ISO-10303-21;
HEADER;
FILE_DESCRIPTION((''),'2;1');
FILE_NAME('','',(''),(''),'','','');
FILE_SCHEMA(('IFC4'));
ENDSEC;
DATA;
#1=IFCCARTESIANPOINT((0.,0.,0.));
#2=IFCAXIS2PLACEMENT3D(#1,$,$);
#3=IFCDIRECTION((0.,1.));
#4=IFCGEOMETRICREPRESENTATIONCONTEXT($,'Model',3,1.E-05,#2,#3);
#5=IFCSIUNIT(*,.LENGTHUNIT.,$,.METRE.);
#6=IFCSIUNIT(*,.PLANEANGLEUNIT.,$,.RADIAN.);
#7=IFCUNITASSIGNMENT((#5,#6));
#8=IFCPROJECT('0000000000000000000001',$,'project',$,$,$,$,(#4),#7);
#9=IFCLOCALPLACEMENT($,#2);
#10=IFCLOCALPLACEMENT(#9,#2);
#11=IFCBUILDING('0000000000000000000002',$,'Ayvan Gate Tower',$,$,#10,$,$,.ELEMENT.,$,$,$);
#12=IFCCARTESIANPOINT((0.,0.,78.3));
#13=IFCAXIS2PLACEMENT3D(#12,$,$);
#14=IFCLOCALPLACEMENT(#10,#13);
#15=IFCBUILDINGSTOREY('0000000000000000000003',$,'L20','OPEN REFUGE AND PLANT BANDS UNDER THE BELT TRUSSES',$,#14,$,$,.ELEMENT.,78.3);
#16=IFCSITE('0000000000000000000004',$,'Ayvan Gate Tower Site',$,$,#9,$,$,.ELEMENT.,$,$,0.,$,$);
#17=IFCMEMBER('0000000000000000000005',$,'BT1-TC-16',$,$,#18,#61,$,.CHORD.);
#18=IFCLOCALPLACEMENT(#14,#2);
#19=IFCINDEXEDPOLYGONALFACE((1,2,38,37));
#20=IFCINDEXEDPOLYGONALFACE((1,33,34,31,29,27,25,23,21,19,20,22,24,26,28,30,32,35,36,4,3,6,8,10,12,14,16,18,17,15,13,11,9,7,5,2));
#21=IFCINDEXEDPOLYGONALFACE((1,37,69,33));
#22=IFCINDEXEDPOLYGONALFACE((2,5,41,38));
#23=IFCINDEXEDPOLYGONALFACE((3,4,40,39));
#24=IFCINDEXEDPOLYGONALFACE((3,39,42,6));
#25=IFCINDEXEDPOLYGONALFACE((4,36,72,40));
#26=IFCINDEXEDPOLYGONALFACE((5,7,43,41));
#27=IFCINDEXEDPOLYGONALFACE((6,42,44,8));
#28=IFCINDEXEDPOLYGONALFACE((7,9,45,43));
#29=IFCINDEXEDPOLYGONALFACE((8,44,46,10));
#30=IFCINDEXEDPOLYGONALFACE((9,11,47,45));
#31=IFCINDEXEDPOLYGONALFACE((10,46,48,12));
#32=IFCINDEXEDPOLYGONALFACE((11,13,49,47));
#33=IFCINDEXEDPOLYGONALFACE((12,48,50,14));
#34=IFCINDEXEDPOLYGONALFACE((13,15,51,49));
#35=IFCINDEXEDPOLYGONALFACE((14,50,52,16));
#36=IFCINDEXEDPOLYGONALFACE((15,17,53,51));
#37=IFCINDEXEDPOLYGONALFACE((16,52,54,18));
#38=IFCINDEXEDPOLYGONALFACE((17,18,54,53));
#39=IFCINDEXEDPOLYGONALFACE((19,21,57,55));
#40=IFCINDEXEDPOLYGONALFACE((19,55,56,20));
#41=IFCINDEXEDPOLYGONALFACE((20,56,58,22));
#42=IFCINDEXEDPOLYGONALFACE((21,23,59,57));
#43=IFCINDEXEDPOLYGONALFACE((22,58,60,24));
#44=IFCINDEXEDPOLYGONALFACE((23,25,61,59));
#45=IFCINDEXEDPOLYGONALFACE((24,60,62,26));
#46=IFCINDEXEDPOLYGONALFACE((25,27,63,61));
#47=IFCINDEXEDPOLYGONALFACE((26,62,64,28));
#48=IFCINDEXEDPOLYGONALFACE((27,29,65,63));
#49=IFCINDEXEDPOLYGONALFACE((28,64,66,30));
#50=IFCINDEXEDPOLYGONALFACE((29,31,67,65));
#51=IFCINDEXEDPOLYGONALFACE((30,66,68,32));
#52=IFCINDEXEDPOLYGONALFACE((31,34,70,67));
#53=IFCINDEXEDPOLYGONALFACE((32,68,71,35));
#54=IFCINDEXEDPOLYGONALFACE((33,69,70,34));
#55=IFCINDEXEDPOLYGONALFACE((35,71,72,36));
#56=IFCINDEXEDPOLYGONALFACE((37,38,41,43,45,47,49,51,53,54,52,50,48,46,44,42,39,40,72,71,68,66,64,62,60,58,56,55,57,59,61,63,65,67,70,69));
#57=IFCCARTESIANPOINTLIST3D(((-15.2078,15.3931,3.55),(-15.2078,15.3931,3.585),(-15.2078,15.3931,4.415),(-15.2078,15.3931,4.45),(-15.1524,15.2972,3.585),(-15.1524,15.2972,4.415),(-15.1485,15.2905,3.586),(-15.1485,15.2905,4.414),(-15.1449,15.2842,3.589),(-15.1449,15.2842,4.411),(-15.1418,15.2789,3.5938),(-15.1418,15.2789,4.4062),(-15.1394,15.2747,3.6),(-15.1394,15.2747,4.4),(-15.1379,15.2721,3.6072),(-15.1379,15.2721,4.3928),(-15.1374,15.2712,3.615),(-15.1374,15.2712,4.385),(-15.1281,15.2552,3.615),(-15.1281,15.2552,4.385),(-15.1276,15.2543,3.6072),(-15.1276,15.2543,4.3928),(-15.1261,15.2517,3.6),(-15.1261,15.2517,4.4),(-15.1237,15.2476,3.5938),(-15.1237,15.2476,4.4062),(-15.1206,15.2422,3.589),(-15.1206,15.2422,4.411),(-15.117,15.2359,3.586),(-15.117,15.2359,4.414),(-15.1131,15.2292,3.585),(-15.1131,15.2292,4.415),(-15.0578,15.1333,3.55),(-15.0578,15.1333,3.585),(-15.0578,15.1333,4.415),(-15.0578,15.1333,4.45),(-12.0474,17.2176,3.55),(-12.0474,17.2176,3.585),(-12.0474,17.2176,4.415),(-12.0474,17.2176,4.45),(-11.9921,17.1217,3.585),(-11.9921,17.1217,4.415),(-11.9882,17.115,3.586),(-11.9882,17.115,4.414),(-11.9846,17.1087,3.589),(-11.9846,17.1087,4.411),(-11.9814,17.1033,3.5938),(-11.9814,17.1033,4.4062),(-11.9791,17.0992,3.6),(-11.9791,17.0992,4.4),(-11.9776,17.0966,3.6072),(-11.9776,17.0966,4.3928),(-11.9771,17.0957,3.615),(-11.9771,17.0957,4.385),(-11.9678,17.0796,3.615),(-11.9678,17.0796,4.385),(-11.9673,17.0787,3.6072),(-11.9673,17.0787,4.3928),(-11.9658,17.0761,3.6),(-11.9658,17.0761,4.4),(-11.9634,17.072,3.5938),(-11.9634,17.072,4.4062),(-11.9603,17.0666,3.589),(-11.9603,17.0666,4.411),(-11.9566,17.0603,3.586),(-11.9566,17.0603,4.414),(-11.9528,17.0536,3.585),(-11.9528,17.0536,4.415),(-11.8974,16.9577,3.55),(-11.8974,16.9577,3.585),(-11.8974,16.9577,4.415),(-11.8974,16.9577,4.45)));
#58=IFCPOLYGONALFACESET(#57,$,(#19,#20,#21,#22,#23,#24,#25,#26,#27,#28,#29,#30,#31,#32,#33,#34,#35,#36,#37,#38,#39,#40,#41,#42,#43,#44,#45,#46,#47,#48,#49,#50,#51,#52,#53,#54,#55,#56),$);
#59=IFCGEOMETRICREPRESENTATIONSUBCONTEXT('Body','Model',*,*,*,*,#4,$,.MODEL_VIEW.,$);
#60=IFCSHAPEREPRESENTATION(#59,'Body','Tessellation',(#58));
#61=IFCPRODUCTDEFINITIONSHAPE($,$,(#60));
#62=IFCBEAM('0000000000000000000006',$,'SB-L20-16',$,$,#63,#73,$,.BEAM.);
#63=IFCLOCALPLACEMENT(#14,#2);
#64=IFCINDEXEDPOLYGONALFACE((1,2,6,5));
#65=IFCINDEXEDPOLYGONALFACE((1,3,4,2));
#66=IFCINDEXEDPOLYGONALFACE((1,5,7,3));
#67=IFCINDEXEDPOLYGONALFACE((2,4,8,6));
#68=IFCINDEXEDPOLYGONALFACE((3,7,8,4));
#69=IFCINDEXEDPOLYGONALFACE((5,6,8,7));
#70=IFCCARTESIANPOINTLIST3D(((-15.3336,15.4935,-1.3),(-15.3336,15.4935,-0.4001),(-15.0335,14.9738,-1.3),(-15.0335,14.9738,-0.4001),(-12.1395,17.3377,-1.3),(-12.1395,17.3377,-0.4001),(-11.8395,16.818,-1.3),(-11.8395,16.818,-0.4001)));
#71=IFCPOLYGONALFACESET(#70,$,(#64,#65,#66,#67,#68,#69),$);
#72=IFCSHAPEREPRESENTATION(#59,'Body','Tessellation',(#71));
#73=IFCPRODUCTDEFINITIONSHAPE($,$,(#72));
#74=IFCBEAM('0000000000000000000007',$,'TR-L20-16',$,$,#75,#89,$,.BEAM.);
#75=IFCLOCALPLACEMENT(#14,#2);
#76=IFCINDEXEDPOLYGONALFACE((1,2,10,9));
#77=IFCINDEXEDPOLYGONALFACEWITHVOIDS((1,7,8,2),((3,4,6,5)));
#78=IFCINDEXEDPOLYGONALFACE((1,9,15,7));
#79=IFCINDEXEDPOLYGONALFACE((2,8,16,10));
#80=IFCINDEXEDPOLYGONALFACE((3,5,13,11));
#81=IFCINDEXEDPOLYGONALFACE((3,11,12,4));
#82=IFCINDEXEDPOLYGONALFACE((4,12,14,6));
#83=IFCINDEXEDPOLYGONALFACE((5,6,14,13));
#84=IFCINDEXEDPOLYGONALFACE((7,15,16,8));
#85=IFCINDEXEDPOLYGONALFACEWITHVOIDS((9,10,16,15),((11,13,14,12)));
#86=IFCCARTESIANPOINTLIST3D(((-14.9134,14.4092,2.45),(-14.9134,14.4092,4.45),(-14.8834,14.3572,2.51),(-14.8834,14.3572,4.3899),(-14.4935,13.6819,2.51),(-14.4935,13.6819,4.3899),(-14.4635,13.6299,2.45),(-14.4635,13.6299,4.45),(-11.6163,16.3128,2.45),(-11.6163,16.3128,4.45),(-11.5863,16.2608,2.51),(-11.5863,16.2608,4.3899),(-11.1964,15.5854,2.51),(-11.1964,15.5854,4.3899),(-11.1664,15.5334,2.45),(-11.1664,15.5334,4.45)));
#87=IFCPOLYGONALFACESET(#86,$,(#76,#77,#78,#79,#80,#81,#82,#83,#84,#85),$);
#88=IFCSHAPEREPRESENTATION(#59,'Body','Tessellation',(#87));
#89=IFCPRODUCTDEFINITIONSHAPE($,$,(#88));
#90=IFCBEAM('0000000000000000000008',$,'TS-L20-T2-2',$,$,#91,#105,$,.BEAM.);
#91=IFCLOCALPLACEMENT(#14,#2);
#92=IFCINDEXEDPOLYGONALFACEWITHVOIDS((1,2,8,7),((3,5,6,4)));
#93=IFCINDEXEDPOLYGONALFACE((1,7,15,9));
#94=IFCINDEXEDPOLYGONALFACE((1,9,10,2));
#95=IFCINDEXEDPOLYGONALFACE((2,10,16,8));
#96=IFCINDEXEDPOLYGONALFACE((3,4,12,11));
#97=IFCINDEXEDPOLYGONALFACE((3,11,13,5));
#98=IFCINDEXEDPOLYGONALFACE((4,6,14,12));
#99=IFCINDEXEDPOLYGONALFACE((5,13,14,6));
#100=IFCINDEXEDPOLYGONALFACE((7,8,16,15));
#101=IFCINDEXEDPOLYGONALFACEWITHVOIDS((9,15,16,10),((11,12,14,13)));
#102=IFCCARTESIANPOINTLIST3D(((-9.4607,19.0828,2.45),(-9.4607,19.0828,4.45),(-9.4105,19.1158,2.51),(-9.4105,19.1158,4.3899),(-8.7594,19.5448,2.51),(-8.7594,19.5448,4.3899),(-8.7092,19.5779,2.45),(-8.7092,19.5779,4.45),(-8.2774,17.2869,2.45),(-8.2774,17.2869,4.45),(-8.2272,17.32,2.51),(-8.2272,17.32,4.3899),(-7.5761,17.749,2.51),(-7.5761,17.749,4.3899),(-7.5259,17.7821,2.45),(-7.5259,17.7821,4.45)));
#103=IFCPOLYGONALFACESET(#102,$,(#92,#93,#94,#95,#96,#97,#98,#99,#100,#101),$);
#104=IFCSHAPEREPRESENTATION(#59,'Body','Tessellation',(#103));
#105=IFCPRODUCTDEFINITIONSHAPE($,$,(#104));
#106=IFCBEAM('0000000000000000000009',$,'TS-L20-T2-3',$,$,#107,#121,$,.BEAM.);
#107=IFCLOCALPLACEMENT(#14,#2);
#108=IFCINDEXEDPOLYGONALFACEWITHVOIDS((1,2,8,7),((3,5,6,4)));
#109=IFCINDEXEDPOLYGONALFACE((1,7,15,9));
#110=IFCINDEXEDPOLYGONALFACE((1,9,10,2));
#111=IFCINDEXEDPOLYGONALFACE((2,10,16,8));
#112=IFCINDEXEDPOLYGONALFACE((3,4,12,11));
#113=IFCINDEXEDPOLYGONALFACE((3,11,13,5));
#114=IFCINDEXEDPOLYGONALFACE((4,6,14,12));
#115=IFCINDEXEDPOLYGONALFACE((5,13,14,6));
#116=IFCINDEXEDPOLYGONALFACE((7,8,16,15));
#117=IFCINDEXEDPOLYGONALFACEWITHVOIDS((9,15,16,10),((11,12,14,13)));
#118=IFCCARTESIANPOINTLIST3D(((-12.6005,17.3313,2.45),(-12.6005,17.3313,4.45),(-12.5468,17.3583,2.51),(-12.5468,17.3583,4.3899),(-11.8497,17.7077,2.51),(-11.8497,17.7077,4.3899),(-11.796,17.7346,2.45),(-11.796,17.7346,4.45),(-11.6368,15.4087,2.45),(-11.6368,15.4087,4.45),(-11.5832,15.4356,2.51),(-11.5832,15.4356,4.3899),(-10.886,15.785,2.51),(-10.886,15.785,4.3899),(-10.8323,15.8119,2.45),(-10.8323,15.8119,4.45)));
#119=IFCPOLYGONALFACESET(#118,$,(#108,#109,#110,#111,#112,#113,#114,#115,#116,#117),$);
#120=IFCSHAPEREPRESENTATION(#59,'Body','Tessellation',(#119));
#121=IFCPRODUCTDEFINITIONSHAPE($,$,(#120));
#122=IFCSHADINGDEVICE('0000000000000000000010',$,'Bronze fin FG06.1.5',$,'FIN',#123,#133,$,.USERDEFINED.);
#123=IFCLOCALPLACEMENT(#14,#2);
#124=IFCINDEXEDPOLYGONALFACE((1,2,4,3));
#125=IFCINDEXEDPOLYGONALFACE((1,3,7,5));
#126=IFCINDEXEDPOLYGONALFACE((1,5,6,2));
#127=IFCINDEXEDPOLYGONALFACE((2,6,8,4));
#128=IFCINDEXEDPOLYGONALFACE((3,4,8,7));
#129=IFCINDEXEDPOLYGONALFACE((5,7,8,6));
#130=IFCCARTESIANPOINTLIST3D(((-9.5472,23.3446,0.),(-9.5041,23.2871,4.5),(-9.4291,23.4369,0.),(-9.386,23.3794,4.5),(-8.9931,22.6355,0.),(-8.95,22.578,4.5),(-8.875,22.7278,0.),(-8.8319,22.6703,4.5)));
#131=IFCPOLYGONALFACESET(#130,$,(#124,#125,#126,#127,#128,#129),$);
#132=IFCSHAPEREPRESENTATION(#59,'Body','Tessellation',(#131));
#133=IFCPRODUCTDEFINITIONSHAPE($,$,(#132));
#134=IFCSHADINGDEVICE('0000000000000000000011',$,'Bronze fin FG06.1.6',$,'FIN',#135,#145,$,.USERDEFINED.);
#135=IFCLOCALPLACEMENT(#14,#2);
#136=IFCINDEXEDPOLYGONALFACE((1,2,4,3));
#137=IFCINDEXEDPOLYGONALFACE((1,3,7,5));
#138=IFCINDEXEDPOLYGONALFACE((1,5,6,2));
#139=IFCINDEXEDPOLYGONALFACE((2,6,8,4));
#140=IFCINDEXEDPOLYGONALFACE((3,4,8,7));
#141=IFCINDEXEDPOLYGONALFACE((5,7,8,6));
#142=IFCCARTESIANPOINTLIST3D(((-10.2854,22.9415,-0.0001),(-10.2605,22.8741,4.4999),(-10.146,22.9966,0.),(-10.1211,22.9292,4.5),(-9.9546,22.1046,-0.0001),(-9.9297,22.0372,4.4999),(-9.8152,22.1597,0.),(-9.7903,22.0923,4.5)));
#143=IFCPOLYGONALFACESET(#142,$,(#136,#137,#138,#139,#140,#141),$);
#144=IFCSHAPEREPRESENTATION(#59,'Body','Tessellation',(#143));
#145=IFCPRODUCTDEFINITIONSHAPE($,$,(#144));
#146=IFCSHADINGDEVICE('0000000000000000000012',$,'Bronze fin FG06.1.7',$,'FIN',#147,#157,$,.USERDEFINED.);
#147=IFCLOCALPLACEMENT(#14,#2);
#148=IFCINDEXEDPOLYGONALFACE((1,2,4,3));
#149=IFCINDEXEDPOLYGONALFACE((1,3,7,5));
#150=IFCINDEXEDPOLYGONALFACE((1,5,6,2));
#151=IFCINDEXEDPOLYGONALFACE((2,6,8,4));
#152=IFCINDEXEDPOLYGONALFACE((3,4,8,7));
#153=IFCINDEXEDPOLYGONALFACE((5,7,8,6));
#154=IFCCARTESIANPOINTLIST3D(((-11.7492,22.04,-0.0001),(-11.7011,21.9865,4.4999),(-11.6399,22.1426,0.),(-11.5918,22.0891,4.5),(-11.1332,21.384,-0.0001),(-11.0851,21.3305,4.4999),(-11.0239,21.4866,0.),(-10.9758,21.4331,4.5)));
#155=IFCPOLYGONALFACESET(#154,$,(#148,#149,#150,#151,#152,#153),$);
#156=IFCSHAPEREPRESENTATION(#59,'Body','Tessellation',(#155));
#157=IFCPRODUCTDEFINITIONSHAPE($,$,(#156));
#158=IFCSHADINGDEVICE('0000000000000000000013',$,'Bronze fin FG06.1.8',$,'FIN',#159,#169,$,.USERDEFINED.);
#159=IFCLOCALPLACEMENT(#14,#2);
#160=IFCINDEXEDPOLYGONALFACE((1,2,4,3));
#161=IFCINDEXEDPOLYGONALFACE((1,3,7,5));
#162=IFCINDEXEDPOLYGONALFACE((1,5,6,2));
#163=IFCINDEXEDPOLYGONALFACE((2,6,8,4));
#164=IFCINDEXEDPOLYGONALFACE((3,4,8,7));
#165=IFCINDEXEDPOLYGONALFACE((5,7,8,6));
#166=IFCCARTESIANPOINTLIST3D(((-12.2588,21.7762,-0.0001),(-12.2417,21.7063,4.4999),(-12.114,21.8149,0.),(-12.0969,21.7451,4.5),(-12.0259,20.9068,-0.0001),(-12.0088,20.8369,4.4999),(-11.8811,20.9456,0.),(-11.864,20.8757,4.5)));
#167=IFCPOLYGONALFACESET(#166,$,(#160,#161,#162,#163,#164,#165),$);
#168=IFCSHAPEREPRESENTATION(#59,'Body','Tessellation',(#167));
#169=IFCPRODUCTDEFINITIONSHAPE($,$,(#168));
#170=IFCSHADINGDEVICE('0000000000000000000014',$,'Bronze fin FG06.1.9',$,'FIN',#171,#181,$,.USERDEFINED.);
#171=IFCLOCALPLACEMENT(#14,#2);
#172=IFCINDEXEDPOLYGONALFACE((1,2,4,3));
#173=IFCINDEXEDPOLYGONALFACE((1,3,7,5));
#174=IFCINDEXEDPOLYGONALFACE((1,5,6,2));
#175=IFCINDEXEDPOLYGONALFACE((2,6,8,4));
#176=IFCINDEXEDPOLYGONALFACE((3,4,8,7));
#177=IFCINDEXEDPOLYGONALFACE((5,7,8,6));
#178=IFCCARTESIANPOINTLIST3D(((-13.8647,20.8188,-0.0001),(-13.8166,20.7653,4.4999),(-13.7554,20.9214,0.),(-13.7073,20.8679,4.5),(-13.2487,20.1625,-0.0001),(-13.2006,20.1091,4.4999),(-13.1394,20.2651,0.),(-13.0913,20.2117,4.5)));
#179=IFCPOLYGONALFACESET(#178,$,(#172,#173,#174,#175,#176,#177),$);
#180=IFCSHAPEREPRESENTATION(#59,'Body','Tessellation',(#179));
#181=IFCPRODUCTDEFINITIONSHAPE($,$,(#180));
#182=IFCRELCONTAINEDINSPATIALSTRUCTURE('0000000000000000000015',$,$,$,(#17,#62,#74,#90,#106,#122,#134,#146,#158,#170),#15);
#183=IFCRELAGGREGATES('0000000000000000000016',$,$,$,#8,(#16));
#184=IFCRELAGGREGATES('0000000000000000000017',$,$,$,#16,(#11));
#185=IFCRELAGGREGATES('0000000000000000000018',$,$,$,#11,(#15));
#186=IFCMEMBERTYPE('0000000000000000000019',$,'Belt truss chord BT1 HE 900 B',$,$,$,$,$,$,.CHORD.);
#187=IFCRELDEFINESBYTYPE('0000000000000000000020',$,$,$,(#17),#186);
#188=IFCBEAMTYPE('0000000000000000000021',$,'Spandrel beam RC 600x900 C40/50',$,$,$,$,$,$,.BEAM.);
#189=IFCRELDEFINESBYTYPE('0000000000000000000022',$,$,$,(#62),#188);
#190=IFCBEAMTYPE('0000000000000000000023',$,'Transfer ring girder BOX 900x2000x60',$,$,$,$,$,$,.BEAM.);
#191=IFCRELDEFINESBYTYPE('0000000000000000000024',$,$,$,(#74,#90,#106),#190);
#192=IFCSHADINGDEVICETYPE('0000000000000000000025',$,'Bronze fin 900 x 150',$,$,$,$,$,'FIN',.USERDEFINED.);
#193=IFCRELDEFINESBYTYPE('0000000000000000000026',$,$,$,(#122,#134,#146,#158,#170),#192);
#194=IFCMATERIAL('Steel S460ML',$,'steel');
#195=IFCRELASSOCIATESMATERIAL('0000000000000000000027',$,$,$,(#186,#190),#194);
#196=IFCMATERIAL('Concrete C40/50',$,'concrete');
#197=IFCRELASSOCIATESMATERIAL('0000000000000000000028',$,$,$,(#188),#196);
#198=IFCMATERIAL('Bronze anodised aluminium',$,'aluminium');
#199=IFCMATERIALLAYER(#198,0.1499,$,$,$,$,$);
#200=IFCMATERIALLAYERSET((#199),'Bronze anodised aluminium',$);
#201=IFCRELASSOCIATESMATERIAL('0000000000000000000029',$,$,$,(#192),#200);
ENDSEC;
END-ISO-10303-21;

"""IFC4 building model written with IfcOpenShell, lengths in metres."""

from ifc_helpers import new_model, si_unit, direction, frame, origin, origin_2d, place, context, subcontext, project, spatial, polyline, rectangle, hollow_rectangle, i_section, outline, extrude, material, layer, layer_set, material_profile, profile_set, type_object, element, save


model = new_model("IFC4")

# Units and contexts
model_context = context("Model", 3, precision=1e-05, world=origin(), true_north=direction((0.0, 1.0)))
body_context = subcontext(model_context, "Body", "Model", "MODEL_VIEW")
ifc_project = project(units=[si_unit("LENGTHUNIT", "METRE"), si_unit("PLANEANGLEUNIT", "RADIAN")], contexts=[model_context])

# Site, building, storey
site_placement = place(None, origin())
site = spatial("IfcSite", under=ifc_project, at=site_placement, Name="Ayvan Gate Tower Site", CompositionType="ELEMENT", RefElevation=0.0)
building_placement = place(site_placement, origin())
building = spatial("IfcBuilding", under=site, at=building_placement, Name="Ayvan Gate Tower", CompositionType="ELEMENT")
storey_placement = place(building_placement, frame((0.0, 0.0, 78.3)))
storey = spatial("IfcBuildingStorey", under=building, at=storey_placement, Name="L20", Description="OPEN REFUGE AND PLANT BANDS UNDER THE BELT TRUSSES", CompositionType="ELEMENT", Elevation=78.3)

# Member
ifc_material_1 = material(Name="Steel S460ML", Category="steel")
ifc_material_profile_1 = material_profile(ifc_material_1, i_section(OverallWidth=0.3, OverallDepth=0.8999, WebThickness=0.0186, FlangeThickness=0.0349, FilletRadius=0.03, at=origin_2d()), Name="HE 900 B")
ifc_profile_set_1 = profile_set([ifc_material_profile_1], Name="Steel S460ML")
member_type_1 = type_object("IfcMemberType", Name="Belt truss chord BT1 HE 900 B", PredefinedType="CHORD", material=ifc_profile_set_1)
member_1_placement = place(storey_placement, frame((-11.9724, 17.0876, 4.0), z_axis=(-0.866049, -0.49996, 0.0), x_axis=(0.49996, -0.866049, 0.0)))
element("IfcMember", 1, at=member_1_placement, inside=storey, type_object=member_type_1, Name="BT1-TC-16", PredefinedType="CHORD", context=body_context, shape_type="SweptSolid", body=[
    extrude(i_section(OverallWidth=0.3, OverallDepth=0.8999, WebThickness=0.0186, FlangeThickness=0.0349, FilletRadius=0.03, at=origin_2d()), origin(), (0.0, 0.0, 1.0), 3.6492),
])

# Beams
ifc_material_2 = material(Name="Concrete C40/50", Category="concrete")
ifc_material_profile_2 = material_profile(ifc_material_2, rectangle(XDim=0.6001, YDim=0.8999, at=origin_2d()), Name="RC 600x900")
ifc_profile_set_2 = profile_set([ifc_material_profile_2], Name="Concrete C40/50")
beam_type_1 = type_object("IfcBeamType", Name="Spandrel beam RC 600x900 C40/50", PredefinedType="BEAM", material=ifc_profile_set_2)
beam_1_placement = place(storey_placement, frame((-11.9895, 17.0779, -0.8501), z_axis=(-0.86601, -0.500026, 0.0), x_axis=(0.500026, -0.86601, 0.0)))
element("IfcBeam", 2, at=beam_1_placement, inside=storey, type_object=beam_type_1, Name="SB-L20-16", PredefinedType="BEAM", context=body_context, shape_type="SweptSolid", body=[
    extrude(rectangle(XDim=0.6001, YDim=0.8999, at=origin_2d()), origin(), (0.0, 0.0, 1.0), 3.6882),
])
ifc_material_profile_3 = material_profile(ifc_material_1, hollow_rectangle(XDim=0.8999, YDim=2.0, WallThickness=0.0601, at=origin_2d()), Name="BOX 900x2000x60")
ifc_profile_set_3 = profile_set([ifc_material_profile_3], Name="Steel S460ML")
beam_type_2 = type_object("IfcBeamType", Name="Transfer ring girder BOX 900x2000x60", PredefinedType="BEAM", material=ifc_profile_set_3)
beam_2_placement = place(storey_placement, frame((-11.3914, 15.9231, 3.45), z_axis=(-0.866029, -0.499994, 0.0), x_axis=(0.499994, -0.866029, 0.0)))
element("IfcBeam", 3, at=beam_2_placement, inside=storey, type_object=beam_type_2, Name="TR-L20-16", PredefinedType="BEAM", context=body_context, shape_type="SweptSolid", body=[
    extrude(hollow_rectangle(XDim=0.8999, YDim=2.0, WallThickness=0.0601, at=origin_2d()), origin(), (0.0, 0.0, 1.0), 3.8071),
])
for number, where, z_axis, x_axis, name in (
    (4, (-9.085, 19.3303, 3.45), (0.550213, -0.835025, 0.0), (0.835025, 0.550213, 0.0), "TS-L20-T2-2"),
    (5, (-12.1982, 17.533, 3.45), (0.448076, -0.893995, 0.0), (0.893995, 0.448076, 0.0), "TS-L20-T2-3"),
):
    element("IfcBeam", number, at=place(storey_placement, frame(where, z_axis=z_axis, x_axis=x_axis)), inside=storey, type_object=beam_type_2, Name=name, PredefinedType="BEAM", context=body_context, shape_type="SweptSolid", body=[
        extrude(hollow_rectangle(XDim=0.8999, YDim=2.0, WallThickness=0.0601, at=origin_2d()), origin(), (0.0, 0.0, 1.0), 2.1506),
    ])

# Shading devices
ifc_material_3 = material(Name="Bronze anodised aluminium", Category="aluminium")
ifc_layer_1 = layer(ifc_material_3, 0.1499)
ifc_layer_set_1 = layer_set([ifc_layer_1], Name="Bronze anodised aluminium")
shading_device_type = type_object("IfcShadingDeviceType", Name="Bronze fin 900 x 150", ElementType="FIN", PredefinedType="USERDEFINED", material=ifc_layer_set_1)
shading_device_1_placement = place(storey_placement, frame((-8.875, 22.7278, 0.0), z_axis=(0.787977, 0.615705, 0.000321), x_axis=(-0.615705, 0.787977, 0.0)))
element("IfcShadingDevice", 6, at=shading_device_1_placement, inside=storey, type_object=shading_device_type, Name="Bronze fin FG06.1.5", ObjectType="FIN", PredefinedType="USERDEFINED", context=body_context, shape_type="SweptSolid", body=[
    extrude(outline(polyline([(0.0, 0.0), (0.8999, 0.0), (0.8281, 4.5), (-0.0719, 4.5), (0.0, 0.0)])), origin(), (0.0, 0.0, -1.0), 0.1499),
])
shading_device_2_placement = place(storey_placement, frame((-9.8152, 22.1597, 0.0), z_axis=(0.929984, 0.367599, 0.000358), x_axis=(-0.367599, 0.929984, 0.0)))
element("IfcShadingDevice", 7, at=shading_device_2_placement, inside=storey, type_object=shading_device_type, Name="Bronze fin FG06.1.6", ObjectType="FIN", PredefinedType="USERDEFINED", context=body_context, shape_type="SweptSolid", body=[
    extrude(outline(polyline([(0.0, 0.0), (0.8999, 0.0), (0.8281, 4.5), (-0.0718, 4.5), (0.0, 0.0)])), origin(), (0.0, 0.0, -1.0), 0.1499),
])
shading_device_3_placement = place(storey_placement, frame((-11.0239, 21.4866, 0.0), z_axis=(0.729004, 0.684509, 0.000341), x_axis=(-0.684509, 0.729004, 0.0)))
element("IfcShadingDevice", 8, at=shading_device_3_placement, inside=storey, type_object=shading_device_type, Name="Bronze fin FG06.1.7", ObjectType="FIN", PredefinedType="USERDEFINED", context=body_context, shape_type="SweptSolid", body=[
    extrude(outline(polyline([(0.0, 0.0), (0.8999, 0.0), (0.828, 4.5), (-0.0719, 4.5), (0.0, 0.0)])), origin(), (0.0, 0.0, -1.0), 0.1499),
])
shading_device_4_placement = place(storey_placement, frame((-11.8811, 20.9456, 0.0), z_axis=(0.965937, 0.258777, 0.000347), x_axis=(-0.258777, 0.965937, 0.0)))
element("IfcShadingDevice", 9, at=shading_device_4_placement, inside=storey, type_object=shading_device_type, Name="Bronze fin FG06.1.8", ObjectType="FIN", PredefinedType="USERDEFINED", context=body_context, shape_type="SweptSolid", body=[
    extrude(outline(polyline([(0.0, 0.0), (0.9, 0.0), (0.8282, 4.5), (-0.0719, 4.5), (0.0, 0.0)])), origin(), (0.0, 0.0, -1.0), 0.1499),
])
shading_device_5_placement = place(storey_placement, frame((-13.1394, 20.2651, 0.0), z_axis=(0.729131, 0.684374, 0.000338), x_axis=(-0.684374, 0.729131, 0.0)))
element("IfcShadingDevice", 10, at=shading_device_5_placement, inside=storey, type_object=shading_device_type, Name="Bronze fin FG06.1.9", ObjectType="FIN", PredefinedType="USERDEFINED", context=body_context, shape_type="SweptSolid", body=[
    extrude(outline(polyline([(0.0, 0.0), (0.9, 0.0), (0.8281, 4.5), (-0.0719, 4.5), (0.0, 0.0)])), origin(), (0.0, 0.0, -1.0), 0.1499),
])

save(model, "model.ifc")
